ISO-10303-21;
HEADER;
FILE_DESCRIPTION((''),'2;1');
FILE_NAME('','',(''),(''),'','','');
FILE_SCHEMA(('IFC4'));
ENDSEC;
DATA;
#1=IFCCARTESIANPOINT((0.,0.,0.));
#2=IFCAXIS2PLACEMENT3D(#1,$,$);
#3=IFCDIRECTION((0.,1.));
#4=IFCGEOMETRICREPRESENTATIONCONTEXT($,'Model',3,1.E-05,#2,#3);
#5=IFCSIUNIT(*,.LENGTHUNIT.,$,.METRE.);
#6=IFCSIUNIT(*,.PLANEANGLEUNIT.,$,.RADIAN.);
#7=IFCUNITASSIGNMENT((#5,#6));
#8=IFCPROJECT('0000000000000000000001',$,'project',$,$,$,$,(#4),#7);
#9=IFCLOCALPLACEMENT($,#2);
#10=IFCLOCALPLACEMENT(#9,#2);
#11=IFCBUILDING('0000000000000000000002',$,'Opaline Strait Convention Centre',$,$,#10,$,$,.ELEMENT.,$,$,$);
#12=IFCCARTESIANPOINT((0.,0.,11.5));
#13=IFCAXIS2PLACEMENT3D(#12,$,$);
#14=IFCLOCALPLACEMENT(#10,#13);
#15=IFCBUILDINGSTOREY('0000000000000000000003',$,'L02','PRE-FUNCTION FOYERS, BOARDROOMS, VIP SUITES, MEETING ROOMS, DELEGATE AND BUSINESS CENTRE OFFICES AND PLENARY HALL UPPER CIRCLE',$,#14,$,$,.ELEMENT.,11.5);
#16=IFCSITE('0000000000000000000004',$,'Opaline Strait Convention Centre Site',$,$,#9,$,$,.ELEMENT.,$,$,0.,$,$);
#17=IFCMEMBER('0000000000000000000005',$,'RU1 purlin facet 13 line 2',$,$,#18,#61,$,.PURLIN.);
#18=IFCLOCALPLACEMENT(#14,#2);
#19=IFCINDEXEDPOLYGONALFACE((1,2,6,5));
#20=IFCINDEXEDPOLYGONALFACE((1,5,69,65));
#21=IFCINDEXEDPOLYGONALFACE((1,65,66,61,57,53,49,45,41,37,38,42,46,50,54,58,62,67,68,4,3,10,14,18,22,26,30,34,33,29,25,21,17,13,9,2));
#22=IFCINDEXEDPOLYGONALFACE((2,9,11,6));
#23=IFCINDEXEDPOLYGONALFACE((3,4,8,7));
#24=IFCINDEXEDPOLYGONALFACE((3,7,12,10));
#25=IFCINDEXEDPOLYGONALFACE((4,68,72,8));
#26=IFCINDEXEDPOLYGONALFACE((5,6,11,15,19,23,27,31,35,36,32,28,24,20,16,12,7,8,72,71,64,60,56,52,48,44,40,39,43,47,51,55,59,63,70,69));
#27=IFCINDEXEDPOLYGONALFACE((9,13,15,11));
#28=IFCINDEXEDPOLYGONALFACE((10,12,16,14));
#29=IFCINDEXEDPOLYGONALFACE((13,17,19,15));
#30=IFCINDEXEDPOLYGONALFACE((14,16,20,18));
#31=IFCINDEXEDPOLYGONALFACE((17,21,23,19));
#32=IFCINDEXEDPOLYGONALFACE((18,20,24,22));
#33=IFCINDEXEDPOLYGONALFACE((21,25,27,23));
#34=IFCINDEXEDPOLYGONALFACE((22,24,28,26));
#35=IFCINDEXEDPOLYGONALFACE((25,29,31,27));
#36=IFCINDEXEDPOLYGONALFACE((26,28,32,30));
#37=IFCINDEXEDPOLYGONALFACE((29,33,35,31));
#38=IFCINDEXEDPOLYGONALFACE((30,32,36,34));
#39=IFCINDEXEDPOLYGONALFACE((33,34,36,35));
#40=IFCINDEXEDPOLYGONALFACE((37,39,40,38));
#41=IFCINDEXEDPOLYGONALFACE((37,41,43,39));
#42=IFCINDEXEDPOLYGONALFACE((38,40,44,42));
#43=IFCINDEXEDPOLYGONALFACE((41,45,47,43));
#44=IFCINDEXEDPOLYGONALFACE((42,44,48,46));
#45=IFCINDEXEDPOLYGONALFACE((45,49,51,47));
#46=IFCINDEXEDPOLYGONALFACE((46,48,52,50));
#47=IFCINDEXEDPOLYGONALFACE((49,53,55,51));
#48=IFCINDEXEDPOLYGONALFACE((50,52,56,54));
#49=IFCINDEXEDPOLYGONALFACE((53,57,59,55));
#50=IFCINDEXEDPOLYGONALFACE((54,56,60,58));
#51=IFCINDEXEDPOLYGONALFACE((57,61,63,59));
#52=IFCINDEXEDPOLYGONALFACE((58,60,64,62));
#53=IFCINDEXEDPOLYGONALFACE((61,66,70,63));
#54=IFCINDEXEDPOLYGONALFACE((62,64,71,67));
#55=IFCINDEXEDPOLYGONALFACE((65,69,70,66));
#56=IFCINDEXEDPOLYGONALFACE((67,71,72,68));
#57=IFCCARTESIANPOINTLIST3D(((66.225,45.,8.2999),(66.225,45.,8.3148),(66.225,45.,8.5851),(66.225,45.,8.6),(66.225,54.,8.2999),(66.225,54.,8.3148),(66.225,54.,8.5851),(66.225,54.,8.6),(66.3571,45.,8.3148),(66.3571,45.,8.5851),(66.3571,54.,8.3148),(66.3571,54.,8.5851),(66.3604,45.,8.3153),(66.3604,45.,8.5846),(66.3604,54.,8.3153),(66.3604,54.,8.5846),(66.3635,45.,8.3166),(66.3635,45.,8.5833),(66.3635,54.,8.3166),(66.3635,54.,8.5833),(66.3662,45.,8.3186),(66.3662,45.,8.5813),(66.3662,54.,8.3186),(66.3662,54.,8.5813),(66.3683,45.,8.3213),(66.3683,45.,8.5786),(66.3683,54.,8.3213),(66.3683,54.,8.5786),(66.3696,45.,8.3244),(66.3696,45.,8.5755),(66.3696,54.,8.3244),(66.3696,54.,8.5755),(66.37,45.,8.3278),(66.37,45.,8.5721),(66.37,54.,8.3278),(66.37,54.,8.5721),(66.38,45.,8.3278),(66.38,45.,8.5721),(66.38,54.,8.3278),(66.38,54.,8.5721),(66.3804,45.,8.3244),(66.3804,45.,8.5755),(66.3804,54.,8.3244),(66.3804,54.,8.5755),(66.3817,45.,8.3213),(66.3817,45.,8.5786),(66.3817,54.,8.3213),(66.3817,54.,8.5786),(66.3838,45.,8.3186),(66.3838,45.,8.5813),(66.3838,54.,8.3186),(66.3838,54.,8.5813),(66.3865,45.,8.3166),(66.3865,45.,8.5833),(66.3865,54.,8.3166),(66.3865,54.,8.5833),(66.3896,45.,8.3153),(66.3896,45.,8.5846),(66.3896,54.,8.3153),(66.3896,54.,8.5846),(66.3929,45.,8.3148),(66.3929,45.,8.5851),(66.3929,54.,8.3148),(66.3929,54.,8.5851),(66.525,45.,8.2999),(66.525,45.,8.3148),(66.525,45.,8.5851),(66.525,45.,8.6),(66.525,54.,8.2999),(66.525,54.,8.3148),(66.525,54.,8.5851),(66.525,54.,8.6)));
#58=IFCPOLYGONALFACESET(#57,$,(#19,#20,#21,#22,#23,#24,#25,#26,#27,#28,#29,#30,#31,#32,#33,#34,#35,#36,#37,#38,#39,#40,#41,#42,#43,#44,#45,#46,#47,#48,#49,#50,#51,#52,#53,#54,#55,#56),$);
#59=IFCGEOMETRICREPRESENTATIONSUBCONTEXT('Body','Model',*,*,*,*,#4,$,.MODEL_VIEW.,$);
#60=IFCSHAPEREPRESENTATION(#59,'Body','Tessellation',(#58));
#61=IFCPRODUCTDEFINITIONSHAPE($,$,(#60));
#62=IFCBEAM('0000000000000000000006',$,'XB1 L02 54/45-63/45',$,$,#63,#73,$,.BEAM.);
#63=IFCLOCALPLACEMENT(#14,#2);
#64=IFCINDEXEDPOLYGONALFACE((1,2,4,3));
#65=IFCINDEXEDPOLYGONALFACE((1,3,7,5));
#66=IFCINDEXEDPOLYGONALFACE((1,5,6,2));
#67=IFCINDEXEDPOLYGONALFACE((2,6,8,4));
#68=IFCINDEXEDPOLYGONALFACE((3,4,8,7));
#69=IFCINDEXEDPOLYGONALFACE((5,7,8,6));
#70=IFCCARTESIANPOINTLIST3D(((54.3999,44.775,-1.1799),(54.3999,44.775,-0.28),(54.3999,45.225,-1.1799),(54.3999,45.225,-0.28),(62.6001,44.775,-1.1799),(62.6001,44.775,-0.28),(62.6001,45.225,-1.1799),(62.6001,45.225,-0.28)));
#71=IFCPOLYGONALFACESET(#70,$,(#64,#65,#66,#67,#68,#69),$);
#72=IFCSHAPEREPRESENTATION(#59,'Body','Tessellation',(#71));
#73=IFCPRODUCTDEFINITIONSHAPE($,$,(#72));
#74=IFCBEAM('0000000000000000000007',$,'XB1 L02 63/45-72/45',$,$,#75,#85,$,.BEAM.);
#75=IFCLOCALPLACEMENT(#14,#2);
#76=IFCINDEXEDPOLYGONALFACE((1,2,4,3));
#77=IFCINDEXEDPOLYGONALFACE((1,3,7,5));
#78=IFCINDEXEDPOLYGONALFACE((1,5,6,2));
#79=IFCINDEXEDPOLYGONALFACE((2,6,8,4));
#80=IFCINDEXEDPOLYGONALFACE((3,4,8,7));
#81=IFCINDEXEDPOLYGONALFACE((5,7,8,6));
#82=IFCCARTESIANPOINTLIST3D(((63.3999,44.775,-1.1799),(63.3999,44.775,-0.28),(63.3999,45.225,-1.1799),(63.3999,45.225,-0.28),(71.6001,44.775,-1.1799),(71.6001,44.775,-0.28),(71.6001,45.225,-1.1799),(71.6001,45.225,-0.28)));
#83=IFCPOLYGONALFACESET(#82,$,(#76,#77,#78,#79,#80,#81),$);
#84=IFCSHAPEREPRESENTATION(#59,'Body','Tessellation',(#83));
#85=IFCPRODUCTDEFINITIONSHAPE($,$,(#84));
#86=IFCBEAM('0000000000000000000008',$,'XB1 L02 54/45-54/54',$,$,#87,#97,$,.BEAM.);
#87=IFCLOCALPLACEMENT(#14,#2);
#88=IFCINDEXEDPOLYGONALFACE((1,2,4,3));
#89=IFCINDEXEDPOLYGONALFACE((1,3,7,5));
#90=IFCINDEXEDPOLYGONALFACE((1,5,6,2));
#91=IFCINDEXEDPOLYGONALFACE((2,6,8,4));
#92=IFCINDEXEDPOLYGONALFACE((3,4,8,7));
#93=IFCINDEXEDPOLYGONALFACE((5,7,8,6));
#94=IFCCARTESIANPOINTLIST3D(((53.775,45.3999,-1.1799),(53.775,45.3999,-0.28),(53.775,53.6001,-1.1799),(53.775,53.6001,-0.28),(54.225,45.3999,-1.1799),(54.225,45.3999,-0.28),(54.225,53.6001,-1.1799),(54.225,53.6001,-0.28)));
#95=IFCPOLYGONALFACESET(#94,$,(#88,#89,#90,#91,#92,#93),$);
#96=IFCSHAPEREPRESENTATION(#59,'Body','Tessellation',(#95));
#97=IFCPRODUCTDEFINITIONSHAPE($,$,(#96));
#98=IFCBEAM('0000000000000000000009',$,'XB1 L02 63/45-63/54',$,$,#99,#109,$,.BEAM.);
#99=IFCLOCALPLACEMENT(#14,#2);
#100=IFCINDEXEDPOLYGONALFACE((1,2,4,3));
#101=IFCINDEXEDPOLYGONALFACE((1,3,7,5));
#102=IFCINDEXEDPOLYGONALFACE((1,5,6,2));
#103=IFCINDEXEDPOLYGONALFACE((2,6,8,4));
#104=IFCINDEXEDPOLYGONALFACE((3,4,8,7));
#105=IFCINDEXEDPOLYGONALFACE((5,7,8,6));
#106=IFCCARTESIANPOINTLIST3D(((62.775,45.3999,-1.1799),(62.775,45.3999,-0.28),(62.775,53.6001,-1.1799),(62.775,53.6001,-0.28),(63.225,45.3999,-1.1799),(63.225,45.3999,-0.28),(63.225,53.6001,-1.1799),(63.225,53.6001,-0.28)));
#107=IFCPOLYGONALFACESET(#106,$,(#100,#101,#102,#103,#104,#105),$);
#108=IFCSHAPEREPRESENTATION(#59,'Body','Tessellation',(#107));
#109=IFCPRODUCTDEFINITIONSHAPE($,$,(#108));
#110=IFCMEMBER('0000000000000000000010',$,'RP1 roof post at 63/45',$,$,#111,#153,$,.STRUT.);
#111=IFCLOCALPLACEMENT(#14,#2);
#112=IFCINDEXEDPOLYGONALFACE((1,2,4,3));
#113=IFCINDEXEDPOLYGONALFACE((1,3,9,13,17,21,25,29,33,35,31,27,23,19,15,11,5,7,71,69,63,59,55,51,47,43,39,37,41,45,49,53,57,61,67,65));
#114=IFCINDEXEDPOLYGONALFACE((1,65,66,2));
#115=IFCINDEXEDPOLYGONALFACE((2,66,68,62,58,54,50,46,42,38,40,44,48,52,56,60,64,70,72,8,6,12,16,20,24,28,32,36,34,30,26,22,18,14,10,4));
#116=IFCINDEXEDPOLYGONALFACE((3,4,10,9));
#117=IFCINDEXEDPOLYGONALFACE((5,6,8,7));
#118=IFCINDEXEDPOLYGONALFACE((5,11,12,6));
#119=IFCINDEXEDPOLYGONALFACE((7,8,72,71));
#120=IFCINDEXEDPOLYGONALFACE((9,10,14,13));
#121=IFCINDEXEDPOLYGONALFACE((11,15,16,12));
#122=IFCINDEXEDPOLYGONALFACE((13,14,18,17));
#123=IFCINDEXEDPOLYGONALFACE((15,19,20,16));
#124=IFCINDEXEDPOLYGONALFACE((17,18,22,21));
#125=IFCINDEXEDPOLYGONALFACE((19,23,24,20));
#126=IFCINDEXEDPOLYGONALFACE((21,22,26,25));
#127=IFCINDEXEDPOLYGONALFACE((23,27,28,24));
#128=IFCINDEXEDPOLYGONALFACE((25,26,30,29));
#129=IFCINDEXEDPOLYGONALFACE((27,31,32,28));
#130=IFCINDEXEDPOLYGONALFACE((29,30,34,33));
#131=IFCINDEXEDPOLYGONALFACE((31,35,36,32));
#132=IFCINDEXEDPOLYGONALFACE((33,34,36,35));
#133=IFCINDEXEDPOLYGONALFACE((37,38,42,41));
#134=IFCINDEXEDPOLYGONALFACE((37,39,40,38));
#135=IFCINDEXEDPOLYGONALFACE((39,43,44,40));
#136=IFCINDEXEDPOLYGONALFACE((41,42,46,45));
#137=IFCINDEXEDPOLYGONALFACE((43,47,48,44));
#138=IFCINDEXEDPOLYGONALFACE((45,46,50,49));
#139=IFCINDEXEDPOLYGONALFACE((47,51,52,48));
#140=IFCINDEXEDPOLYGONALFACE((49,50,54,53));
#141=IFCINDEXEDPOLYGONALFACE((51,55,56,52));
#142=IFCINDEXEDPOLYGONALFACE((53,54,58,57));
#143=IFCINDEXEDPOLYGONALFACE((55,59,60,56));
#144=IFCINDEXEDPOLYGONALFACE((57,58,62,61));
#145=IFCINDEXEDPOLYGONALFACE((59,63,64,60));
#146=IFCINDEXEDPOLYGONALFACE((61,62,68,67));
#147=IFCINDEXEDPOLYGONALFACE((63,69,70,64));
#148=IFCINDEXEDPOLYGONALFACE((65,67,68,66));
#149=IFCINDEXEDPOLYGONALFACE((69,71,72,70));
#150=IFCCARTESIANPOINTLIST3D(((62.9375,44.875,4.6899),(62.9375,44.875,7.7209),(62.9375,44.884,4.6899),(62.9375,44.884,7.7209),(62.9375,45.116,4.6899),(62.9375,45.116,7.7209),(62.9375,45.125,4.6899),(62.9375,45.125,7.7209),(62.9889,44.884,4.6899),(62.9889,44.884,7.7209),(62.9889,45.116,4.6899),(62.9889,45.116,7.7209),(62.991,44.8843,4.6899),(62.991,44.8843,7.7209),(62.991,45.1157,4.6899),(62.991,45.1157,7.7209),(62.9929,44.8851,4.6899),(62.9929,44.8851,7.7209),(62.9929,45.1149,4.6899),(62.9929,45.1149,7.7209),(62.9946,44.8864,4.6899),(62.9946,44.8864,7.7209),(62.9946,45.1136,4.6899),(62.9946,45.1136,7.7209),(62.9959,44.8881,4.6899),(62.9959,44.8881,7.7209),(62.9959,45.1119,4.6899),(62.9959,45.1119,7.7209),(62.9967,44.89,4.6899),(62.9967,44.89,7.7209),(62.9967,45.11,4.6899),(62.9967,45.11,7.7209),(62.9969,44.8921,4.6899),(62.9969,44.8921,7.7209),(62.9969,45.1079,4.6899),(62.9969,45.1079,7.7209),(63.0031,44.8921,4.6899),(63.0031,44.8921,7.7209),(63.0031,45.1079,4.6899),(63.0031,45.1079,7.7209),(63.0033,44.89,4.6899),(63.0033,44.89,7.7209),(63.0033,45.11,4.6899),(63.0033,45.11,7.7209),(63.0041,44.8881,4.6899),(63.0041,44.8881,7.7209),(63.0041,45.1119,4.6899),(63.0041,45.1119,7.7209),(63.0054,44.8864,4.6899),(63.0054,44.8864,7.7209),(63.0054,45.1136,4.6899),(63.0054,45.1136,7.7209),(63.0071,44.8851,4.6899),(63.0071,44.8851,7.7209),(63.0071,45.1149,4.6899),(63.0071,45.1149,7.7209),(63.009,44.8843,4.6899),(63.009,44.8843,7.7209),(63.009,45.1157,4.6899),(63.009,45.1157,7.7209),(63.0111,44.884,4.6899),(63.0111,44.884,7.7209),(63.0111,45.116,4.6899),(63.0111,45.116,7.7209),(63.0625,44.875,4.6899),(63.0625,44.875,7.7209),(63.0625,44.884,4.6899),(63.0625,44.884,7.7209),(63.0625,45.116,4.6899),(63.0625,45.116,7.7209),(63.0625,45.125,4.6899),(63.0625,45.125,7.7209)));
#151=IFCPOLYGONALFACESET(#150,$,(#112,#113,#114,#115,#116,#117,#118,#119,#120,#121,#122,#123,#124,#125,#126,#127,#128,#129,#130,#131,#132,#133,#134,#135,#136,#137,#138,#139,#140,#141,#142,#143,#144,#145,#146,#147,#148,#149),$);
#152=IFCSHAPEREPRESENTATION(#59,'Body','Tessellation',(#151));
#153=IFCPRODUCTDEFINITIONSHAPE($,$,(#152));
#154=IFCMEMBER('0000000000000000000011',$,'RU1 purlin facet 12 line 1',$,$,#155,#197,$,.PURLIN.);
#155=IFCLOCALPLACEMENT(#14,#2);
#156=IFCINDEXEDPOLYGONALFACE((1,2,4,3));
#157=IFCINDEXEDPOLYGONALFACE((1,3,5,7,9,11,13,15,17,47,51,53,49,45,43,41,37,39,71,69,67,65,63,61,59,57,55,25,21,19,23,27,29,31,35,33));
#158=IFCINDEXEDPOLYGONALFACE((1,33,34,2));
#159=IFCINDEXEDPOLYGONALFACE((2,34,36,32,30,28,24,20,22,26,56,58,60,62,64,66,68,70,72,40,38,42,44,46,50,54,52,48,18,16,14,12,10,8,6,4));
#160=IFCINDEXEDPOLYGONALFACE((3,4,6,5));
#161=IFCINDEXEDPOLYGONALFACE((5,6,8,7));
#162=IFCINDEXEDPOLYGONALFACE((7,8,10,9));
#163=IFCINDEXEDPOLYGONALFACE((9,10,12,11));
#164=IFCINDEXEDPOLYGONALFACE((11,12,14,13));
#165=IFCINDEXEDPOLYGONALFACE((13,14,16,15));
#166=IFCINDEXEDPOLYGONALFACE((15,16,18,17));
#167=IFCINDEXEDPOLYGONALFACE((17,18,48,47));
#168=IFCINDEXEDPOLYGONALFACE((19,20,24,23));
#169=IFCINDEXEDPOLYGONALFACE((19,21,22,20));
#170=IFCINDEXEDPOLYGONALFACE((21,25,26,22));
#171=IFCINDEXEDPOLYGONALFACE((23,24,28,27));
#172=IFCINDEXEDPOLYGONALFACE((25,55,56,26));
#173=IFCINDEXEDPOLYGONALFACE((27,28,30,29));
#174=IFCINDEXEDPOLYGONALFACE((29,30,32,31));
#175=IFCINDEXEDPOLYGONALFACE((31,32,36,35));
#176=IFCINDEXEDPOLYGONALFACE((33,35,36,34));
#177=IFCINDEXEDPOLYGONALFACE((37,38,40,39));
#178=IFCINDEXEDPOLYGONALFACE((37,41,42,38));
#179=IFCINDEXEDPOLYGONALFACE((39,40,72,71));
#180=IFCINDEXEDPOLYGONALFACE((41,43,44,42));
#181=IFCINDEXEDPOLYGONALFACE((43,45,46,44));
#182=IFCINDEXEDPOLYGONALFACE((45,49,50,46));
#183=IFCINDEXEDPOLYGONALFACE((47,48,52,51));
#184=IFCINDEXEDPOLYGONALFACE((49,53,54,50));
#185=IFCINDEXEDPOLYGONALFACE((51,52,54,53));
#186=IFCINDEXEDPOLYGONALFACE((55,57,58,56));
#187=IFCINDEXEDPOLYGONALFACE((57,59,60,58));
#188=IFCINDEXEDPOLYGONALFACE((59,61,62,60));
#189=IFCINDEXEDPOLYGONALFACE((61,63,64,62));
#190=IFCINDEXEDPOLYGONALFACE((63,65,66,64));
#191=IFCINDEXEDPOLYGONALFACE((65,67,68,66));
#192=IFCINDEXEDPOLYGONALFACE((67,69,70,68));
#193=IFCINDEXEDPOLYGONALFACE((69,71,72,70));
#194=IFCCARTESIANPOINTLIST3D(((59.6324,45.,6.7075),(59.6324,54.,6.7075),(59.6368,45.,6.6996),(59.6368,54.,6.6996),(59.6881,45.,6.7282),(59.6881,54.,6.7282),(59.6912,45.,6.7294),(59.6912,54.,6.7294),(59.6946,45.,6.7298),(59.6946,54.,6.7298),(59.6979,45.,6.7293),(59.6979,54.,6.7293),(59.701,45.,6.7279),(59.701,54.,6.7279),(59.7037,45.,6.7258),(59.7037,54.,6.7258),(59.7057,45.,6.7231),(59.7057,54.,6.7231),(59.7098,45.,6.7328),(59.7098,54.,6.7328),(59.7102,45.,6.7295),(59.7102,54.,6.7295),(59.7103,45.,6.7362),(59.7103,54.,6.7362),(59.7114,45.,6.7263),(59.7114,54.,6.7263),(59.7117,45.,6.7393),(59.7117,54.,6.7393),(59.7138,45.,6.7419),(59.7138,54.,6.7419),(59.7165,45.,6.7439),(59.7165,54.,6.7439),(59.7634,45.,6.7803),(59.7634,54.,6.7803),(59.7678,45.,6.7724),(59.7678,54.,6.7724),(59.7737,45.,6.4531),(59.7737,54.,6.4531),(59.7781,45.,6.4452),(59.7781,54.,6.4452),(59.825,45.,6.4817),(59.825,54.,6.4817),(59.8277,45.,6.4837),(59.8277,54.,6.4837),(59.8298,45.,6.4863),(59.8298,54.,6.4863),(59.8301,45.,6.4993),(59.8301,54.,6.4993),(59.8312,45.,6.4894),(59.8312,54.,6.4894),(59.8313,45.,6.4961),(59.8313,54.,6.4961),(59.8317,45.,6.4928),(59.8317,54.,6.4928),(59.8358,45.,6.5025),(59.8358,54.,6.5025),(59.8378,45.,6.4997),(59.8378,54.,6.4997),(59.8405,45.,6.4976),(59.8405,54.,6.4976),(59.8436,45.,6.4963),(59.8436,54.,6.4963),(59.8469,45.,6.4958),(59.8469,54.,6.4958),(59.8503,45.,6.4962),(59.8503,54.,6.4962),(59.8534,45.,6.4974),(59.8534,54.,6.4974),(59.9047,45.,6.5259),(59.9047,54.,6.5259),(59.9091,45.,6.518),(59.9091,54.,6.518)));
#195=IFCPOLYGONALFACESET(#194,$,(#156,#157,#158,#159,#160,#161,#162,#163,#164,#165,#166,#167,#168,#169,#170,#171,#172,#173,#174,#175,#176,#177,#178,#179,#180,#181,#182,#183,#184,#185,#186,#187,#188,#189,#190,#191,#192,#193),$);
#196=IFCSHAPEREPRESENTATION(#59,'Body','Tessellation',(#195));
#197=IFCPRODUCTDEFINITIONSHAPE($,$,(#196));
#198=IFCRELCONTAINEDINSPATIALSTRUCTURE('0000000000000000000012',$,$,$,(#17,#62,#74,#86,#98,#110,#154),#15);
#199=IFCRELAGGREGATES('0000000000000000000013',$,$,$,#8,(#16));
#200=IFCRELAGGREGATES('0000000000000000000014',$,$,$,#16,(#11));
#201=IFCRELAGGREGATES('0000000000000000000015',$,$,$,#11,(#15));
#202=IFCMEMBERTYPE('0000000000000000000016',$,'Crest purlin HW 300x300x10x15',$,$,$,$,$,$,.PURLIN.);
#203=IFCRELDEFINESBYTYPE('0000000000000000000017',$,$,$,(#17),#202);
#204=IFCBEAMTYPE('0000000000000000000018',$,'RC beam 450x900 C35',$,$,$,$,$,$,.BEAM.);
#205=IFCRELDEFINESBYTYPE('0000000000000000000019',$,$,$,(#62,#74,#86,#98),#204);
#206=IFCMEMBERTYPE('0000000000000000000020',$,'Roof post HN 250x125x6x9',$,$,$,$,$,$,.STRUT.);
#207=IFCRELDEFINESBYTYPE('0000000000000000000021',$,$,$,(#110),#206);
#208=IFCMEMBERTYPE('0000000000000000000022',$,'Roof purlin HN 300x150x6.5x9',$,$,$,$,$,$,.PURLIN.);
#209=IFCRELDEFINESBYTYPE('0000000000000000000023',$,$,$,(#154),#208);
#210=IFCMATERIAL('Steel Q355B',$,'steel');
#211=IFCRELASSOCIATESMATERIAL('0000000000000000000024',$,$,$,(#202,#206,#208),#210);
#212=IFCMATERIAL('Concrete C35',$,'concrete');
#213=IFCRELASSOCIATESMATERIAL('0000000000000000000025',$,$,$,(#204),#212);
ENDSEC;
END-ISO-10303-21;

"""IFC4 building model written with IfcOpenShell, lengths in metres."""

from ifc_helpers import new_model, si_unit, direction, frame, origin, origin_2d, place, context, subcontext, project, spatial, rectangle, i_section, extrude, material, material_profile, profile_set, type_object, element, save


model = new_model("IFC4")

# Units and contexts
model_context = context("Model", 3, precision=1e-05, world=origin(), true_north=direction((0.0, 1.0)))
body_context = subcontext(model_context, "Body", "Model", "MODEL_VIEW")
ifc_project = project(units=[si_unit("LENGTHUNIT", "METRE"), si_unit("PLANEANGLEUNIT", "RADIAN")], contexts=[model_context])

# Site, building, storey
site_placement = place(None, origin())
site = spatial("IfcSite", under=ifc_project, at=site_placement, Name="Opaline Strait Convention Centre Site", CompositionType="ELEMENT", RefElevation=0.0)
building_placement = place(site_placement, origin())
building = spatial("IfcBuilding", under=site, at=building_placement, Name="Opaline Strait Convention Centre", CompositionType="ELEMENT")
storey_placement = place(building_placement, frame((0.0, 0.0, 11.5)))
storey = spatial("IfcBuildingStorey", under=building, at=storey_placement, Name="L02", Description="PRE-FUNCTION FOYERS, BOARDROOMS, VIP SUITES, MEETING ROOMS, DELEGATE AND BUSINESS CENTRE OFFICES AND PLENARY HALL UPPER CIRCLE", CompositionType="ELEMENT", Elevation=11.5)

# Member
ifc_material_1 = material(Name="Steel Q355B", Category="steel")
ifc_material_profile_1 = material_profile(ifc_material_1, i_section(OverallWidth=0.3, OverallDepth=0.3, WebThickness=0.01, FlangeThickness=0.0149, FilletRadius=0.0129, at=origin_2d()), Name="HW 300x300x10x15")
ifc_profile_set_1 = profile_set([ifc_material_profile_1], Name="Steel Q355B")
member_type_1 = type_object("IfcMemberType", Name="Crest purlin HW 300x300x10x15", PredefinedType="PURLIN", material=ifc_profile_set_1)
for number, where, z_axis, x_axis, name in (
    (1, (66.375, 45.0, 8.45), (0.0, 1.0, 0.0), (-1.0, 0.0, 0.0), "RU1 purlin facet 13 line 2"),
):
    element("IfcMember", number, at=place(storey_placement, frame(where, z_axis=z_axis, x_axis=x_axis)), inside=storey, type_object=member_type_1, Name=name, PredefinedType="PURLIN", context=body_context, shape_type="SweptSolid", body=[
        extrude(i_section(OverallWidth=0.3, OverallDepth=0.3, WebThickness=0.01, FlangeThickness=0.0149, FilletRadius=0.0129, at=origin_2d()), origin(), (0.0, 0.0, 1.0), 9.0),
    ])

# Beams
ifc_material_2 = material(Name="Concrete C35", Category="concrete")
ifc_material_profile_2 = material_profile(ifc_material_2, rectangle(XDim=0.45, YDim=0.8999, at=origin_2d()), Name="RC 450x900")
ifc_profile_set_2 = profile_set([ifc_material_profile_2], Name="Concrete C35")
beam_type = type_object("IfcBeamType", Name="RC beam 450x900 C35", PredefinedType="BEAM", material=ifc_profile_set_2)
for number, where, z_axis, x_axis, name in (
    (2, (54.3999, 45.0, -0.73), (1.0, 0.0, 0.0), (0.0, 1.0, 0.0), "XB1 L02 54/45-63/45"),
    (3, (63.3999, 45.0, -0.73), (1.0, 0.0, 0.0), (0.0, 1.0, 0.0), "XB1 L02 63/45-72/45"),
    (4, (54.0, 45.3999, -0.73), (0.0, 1.0, 0.0), (-1.0, 0.0, 0.0), "XB1 L02 54/45-54/54"),
    (5, (63.0, 45.3999, -0.73), (0.0, 1.0, 0.0), (-1.0, 0.0, 0.0), "XB1 L02 63/45-63/54"),
):
    element("IfcBeam", number, at=place(storey_placement, frame(where, z_axis=z_axis, x_axis=x_axis)), inside=storey, type_object=beam_type, Name=name, PredefinedType="BEAM", context=body_context, shape_type="SweptSolid", body=[
        extrude(rectangle(XDim=0.45, YDim=0.8999, at=origin_2d()), origin(), (0.0, 0.0, 1.0), 8.2002),
    ])

# Members
ifc_material_profile_3 = material_profile(ifc_material_1, i_section(OverallWidth=0.125, OverallDepth=0.25, WebThickness=0.0061, FlangeThickness=0.009, FilletRadius=0.0081, at=origin_2d()), Name="HN 250x125x6x9")
ifc_profile_set_3 = profile_set([ifc_material_profile_3], Name="Steel Q355B")
member_type_2 = type_object("IfcMemberType", Name="Roof post HN 250x125x6x9", PredefinedType="STRUT", material=ifc_profile_set_3)
member_1_placement = place(storey_placement, frame((63.0, 45.0, 4.6899), z_axis=(0.0, 0.0, 1.0), x_axis=(1.0, 0.0, 0.0)))
element("IfcMember", 6, at=member_1_placement, inside=storey, type_object=member_type_2, Name="RP1 roof post at 63/45", PredefinedType="STRUT", context=body_context, shape_type="SweptSolid", body=[
    extrude(i_section(OverallWidth=0.125, OverallDepth=0.25, WebThickness=0.0061, FlangeThickness=0.009, FilletRadius=0.0081, at=origin_2d()), origin(), (0.0, 0.0, 1.0), 3.031),
])
ifc_material_profile_4 = material_profile(ifc_material_1, i_section(OverallWidth=0.1499, OverallDepth=0.3, WebThickness=0.0066, FlangeThickness=0.009, FilletRadius=0.0129, at=origin_2d()), Name="HN 300x150x6.5x9")
ifc_profile_set_4 = profile_set([ifc_material_profile_4], Name="Steel Q355B")
member_type_3 = type_object("IfcMemberType", Name="Roof purlin HN 300x150x6.5x9", PredefinedType="PURLIN", material=ifc_profile_set_4)
for number, where, z_axis, x_axis, name in (
    (7, (59.7708, 45.0, 6.6128), (0.0, 1.0, 0.0), (-0.874157, 0.0, -0.485643), "RU1 purlin facet 12 line 1"),
):
    element("IfcMember", number, at=place(storey_placement, frame(where, z_axis=z_axis, x_axis=x_axis)), inside=storey, type_object=member_type_3, Name=name, PredefinedType="PURLIN", context=body_context, shape_type="SweptSolid", body=[
        extrude(i_section(OverallWidth=0.1499, OverallDepth=0.3, WebThickness=0.0066, FlangeThickness=0.009, FilletRadius=0.0129, at=origin_2d()), origin(), (0.0, 0.0, 1.0), 9.0),
    ])

save(model, "model.ifc")
